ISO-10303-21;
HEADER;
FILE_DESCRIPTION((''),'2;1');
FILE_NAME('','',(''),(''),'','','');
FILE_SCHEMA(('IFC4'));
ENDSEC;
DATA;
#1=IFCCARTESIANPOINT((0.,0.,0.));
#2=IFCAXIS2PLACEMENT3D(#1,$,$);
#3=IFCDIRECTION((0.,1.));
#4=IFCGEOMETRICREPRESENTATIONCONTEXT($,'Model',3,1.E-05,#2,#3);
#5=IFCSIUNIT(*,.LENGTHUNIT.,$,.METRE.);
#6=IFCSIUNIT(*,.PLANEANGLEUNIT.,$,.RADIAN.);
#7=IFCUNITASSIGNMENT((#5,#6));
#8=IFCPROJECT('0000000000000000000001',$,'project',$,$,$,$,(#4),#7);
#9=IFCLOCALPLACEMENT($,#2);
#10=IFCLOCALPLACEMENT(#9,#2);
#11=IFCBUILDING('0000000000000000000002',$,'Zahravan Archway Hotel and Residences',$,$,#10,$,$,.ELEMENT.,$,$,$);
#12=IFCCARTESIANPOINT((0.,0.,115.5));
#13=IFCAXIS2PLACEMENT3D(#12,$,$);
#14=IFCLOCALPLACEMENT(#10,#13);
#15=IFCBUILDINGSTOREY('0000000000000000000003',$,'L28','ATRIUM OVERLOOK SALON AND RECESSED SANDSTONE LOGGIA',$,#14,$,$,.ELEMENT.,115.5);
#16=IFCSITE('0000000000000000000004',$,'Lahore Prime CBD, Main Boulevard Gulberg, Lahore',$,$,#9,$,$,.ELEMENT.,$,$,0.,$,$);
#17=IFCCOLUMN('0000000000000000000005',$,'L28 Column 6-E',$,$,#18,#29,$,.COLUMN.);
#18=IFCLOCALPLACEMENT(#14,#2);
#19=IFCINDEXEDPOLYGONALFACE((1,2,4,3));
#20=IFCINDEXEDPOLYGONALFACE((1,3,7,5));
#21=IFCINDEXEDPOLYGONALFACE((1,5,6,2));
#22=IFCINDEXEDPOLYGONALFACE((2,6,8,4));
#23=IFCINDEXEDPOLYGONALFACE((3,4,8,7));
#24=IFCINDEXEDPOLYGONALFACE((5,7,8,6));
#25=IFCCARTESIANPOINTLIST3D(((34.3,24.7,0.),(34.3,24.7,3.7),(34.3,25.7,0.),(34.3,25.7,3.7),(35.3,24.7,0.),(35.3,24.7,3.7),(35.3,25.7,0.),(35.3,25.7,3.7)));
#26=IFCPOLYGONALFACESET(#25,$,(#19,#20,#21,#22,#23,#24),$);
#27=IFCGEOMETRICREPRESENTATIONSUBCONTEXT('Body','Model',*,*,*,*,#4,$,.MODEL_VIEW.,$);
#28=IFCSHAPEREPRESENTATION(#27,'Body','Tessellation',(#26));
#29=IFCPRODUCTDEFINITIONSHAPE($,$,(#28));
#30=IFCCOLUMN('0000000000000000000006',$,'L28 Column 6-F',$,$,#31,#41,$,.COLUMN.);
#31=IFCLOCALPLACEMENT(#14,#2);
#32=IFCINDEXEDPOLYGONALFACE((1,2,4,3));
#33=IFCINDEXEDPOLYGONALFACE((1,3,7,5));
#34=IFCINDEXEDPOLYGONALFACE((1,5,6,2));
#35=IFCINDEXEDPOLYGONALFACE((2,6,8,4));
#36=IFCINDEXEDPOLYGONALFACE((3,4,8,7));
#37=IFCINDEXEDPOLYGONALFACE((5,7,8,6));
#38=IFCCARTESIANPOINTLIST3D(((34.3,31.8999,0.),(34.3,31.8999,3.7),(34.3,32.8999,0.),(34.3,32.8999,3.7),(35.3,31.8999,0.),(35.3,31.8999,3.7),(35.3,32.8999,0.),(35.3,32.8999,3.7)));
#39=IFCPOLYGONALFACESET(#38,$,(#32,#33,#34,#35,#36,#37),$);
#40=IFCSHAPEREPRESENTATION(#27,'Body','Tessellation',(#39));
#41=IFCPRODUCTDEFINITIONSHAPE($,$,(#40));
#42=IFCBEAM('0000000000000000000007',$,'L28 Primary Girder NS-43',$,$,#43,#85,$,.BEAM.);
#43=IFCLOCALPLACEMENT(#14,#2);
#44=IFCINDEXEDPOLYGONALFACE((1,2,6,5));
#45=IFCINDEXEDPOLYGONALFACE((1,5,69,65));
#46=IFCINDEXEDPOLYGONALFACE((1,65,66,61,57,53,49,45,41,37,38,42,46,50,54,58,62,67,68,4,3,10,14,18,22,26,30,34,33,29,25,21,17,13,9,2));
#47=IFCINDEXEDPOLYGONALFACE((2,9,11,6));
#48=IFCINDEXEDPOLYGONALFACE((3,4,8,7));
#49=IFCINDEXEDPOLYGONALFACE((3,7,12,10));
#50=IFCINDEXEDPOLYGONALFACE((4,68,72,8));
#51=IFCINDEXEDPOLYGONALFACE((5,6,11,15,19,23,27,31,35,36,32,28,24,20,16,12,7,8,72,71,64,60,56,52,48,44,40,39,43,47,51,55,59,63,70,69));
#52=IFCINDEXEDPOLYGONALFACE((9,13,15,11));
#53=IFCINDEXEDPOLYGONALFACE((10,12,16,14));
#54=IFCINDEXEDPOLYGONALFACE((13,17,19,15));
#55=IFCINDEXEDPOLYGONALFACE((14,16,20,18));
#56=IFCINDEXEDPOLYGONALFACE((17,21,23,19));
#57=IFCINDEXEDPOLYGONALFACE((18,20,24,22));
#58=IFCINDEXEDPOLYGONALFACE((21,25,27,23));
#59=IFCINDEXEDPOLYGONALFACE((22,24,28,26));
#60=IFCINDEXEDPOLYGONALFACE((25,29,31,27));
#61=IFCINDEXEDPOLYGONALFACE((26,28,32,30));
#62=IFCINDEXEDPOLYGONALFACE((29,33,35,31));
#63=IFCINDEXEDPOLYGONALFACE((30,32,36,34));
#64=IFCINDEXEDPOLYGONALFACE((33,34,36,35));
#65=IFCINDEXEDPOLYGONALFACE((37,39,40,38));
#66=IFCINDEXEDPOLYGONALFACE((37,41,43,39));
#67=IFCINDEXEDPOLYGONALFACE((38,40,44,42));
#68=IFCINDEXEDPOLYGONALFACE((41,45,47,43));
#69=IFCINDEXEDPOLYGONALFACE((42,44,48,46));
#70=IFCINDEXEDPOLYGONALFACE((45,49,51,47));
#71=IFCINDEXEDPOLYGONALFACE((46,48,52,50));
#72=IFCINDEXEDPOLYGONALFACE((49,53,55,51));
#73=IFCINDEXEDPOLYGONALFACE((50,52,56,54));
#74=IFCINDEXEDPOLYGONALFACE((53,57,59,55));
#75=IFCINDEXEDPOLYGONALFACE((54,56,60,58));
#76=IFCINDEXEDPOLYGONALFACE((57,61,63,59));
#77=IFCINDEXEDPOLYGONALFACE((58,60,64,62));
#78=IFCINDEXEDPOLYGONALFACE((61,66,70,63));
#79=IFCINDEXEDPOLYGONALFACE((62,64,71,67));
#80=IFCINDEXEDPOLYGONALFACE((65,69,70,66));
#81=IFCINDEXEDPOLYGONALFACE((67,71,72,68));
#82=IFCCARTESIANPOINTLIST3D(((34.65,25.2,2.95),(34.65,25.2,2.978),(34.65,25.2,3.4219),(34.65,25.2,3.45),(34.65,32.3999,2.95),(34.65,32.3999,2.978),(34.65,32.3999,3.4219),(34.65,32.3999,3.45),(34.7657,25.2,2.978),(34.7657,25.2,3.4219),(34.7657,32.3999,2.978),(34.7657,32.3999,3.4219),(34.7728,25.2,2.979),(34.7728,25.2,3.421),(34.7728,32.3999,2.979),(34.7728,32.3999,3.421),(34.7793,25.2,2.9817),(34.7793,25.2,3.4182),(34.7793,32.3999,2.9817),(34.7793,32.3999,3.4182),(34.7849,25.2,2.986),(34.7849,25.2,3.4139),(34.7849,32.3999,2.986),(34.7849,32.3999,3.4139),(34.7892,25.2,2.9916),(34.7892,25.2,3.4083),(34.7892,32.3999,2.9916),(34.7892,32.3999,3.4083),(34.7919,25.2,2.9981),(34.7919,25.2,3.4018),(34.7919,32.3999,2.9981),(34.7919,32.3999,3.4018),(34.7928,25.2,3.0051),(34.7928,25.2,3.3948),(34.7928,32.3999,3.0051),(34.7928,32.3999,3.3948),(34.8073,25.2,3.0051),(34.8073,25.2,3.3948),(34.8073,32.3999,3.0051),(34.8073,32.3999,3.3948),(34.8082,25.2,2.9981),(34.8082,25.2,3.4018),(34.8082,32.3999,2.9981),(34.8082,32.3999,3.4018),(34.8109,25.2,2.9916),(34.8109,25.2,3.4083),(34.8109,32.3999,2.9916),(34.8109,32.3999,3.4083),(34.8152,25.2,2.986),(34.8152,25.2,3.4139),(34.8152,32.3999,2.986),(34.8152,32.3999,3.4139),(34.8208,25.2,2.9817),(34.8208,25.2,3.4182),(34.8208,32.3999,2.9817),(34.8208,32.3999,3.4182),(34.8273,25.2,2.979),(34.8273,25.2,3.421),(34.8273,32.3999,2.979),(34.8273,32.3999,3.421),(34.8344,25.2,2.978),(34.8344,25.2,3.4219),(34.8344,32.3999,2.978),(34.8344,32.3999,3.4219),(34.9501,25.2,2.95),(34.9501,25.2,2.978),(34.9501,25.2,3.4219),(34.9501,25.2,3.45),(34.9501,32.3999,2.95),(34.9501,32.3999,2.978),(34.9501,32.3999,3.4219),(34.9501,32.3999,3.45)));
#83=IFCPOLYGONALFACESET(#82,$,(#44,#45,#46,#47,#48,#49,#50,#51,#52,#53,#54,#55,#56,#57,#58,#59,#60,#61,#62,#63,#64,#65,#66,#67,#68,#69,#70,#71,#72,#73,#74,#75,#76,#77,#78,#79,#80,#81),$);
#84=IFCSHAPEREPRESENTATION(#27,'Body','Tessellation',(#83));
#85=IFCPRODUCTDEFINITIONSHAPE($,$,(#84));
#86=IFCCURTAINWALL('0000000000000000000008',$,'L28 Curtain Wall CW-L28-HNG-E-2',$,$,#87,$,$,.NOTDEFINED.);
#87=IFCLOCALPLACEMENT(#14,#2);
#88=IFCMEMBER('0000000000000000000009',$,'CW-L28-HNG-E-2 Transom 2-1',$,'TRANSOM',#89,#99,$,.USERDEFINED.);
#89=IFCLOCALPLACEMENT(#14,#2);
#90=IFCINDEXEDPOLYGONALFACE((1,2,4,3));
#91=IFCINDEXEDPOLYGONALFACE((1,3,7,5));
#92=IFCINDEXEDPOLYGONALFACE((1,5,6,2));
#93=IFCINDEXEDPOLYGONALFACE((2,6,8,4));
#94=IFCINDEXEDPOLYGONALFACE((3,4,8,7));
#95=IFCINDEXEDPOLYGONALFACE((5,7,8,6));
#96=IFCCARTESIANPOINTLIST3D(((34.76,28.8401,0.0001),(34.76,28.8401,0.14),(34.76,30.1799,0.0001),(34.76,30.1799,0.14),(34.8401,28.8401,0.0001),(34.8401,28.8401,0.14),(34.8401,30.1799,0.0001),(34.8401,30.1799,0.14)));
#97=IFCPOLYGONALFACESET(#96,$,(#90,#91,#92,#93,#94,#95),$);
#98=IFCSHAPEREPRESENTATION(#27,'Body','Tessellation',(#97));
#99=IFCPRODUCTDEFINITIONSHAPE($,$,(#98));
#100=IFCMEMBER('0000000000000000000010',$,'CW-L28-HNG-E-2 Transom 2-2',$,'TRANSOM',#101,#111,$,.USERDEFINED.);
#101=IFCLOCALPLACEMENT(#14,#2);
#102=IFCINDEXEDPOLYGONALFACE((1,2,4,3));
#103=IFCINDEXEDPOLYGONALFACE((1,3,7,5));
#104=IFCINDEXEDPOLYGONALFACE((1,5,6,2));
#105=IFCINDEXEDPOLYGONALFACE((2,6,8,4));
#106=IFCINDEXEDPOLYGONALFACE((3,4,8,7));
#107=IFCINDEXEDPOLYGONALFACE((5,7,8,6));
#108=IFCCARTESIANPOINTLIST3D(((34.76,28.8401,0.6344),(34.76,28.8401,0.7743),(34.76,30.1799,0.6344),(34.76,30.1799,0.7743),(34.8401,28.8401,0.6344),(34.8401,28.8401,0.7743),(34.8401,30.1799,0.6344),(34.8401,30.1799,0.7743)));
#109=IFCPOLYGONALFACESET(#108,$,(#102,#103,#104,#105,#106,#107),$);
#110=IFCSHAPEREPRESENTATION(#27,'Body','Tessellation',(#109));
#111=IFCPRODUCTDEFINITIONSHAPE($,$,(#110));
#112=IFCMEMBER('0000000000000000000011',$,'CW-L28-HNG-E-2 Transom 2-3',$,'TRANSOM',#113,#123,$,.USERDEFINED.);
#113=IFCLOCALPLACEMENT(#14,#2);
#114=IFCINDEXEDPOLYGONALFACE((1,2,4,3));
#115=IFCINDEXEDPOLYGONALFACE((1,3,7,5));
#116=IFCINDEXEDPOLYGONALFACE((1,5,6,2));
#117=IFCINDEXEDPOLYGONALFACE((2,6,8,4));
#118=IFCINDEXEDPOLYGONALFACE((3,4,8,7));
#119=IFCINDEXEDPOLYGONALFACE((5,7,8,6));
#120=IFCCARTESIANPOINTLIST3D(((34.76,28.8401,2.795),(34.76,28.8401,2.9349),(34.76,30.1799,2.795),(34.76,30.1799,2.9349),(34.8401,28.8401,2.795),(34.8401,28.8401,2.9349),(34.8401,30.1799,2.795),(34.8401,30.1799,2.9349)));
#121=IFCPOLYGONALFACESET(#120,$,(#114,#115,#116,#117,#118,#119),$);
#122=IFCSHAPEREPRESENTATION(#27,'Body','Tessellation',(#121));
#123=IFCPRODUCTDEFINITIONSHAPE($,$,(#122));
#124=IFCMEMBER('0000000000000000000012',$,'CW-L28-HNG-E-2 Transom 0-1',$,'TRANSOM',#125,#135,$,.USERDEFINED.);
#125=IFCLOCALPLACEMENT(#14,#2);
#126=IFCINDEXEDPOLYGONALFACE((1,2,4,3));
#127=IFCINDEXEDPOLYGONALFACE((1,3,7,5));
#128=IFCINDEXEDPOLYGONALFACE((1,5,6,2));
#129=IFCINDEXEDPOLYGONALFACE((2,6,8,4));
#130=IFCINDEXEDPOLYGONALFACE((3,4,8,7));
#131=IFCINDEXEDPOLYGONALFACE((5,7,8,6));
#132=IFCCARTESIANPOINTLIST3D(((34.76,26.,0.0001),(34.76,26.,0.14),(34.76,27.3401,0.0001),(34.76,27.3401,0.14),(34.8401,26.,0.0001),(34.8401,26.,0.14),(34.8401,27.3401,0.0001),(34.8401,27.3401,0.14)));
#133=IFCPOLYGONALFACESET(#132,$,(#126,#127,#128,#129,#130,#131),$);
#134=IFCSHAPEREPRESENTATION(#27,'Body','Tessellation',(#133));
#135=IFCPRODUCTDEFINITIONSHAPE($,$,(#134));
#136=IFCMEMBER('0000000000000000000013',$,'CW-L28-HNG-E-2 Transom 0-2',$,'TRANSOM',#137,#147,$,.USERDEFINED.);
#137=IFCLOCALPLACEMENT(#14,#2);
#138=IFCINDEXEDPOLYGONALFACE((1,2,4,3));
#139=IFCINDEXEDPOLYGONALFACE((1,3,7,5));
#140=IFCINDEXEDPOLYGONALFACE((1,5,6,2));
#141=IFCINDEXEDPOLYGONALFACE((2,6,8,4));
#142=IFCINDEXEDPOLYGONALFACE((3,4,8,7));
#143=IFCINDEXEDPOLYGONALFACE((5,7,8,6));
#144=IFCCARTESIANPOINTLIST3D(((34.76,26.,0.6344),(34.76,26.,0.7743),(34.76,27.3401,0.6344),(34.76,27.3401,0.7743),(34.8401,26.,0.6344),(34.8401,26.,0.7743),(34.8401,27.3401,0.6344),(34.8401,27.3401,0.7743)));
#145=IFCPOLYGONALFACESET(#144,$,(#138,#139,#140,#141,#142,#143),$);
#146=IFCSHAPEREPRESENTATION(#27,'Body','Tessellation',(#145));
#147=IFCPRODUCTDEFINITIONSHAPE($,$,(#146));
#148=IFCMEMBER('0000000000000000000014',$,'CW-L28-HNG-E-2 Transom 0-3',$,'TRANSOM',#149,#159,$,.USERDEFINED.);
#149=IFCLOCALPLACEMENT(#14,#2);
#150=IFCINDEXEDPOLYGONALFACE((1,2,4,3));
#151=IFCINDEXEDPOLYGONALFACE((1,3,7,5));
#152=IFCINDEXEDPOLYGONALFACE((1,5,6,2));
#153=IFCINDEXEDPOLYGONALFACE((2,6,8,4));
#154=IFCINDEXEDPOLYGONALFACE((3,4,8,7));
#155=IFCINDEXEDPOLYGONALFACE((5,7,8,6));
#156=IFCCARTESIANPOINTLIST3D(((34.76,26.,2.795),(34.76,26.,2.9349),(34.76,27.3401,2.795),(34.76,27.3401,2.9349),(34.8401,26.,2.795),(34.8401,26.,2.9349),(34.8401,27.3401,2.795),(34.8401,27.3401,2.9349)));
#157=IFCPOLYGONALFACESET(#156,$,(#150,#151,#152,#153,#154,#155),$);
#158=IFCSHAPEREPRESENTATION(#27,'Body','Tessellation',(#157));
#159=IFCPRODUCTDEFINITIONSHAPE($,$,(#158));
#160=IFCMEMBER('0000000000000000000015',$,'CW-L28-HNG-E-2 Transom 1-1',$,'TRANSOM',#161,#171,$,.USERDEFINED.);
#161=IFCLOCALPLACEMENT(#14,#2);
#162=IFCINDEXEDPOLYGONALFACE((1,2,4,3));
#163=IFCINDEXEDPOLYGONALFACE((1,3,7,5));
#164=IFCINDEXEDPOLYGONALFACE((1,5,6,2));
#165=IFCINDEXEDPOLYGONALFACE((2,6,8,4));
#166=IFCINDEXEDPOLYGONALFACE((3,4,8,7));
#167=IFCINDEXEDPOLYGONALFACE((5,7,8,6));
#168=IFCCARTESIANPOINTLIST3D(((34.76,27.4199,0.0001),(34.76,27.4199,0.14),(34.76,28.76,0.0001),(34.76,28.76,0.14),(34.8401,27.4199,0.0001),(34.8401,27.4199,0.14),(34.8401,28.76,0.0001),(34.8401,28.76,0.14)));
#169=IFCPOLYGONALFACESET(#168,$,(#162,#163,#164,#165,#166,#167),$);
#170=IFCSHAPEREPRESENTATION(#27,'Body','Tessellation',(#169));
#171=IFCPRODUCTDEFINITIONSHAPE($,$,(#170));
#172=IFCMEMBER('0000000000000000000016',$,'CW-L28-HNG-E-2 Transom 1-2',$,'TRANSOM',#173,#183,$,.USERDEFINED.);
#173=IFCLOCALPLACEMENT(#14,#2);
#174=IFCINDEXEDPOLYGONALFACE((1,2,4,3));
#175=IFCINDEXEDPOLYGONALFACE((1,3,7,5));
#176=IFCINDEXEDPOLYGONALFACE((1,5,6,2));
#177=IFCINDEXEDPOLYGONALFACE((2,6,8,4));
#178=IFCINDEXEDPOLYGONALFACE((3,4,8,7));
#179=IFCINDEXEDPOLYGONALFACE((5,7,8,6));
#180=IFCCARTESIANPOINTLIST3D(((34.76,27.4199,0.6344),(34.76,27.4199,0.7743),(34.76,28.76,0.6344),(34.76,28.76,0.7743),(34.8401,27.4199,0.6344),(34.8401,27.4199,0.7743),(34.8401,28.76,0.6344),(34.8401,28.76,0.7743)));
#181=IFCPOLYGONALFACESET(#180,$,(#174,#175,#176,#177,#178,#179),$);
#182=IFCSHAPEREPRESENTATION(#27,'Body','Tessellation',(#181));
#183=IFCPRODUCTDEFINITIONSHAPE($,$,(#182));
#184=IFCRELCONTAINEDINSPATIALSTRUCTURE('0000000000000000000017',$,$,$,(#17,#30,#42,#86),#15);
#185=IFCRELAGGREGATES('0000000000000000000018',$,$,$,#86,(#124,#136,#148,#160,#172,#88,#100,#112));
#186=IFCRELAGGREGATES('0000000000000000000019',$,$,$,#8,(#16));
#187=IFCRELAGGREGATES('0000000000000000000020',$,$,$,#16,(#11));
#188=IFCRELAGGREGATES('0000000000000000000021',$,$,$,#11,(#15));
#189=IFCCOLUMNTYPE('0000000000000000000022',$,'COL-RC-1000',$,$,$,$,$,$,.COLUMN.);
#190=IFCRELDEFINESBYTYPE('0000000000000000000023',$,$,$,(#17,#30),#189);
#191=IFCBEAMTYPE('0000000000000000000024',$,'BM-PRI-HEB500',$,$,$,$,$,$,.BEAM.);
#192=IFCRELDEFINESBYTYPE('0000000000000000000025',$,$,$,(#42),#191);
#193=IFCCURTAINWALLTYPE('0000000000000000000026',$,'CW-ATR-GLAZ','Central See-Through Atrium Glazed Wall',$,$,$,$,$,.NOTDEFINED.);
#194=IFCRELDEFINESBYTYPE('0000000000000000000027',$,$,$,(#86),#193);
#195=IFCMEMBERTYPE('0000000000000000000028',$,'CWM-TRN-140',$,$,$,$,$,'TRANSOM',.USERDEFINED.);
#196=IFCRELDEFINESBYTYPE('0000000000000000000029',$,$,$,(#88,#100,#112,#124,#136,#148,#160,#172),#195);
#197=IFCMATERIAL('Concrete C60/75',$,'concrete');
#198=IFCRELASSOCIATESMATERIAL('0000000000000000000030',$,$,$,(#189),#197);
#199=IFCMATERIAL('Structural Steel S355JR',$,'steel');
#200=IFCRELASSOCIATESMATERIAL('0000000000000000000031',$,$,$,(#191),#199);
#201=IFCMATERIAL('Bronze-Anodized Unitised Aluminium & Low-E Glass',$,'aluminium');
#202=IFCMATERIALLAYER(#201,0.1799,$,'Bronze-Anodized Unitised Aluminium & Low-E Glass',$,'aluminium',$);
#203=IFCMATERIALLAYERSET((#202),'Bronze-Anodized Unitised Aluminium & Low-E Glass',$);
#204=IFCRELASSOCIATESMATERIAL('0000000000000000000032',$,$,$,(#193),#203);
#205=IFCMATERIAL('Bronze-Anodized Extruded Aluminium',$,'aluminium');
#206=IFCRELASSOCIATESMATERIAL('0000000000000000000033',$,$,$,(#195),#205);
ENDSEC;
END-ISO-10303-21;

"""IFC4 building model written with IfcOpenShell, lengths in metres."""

from ifc_helpers import new_model, si_unit, direction, frame, origin, origin_2d, place, context, subcontext, project, spatial, rectangle, i_section, extrude, source, transform, mapped, material, layer, layer_set, material_profile, profile_set, type_object, type_shapes, element, aggregate, save


model = new_model("IFC4")

# Units and contexts
model_context = context("Model", 3, precision=1e-05, world=origin(), true_north=direction((0.0, 1.0)))
body_context = subcontext(model_context, "Body", "Model", "MODEL_VIEW")
ifc_project = project(units=[si_unit("LENGTHUNIT", "METRE"), si_unit("PLANEANGLEUNIT", "RADIAN")], contexts=[model_context])

# Site, building, storey
site_placement = place(None, origin())
site = spatial("IfcSite", under=ifc_project, at=site_placement, Name="Lahore Prime CBD, Main Boulevard Gulberg, Lahore", CompositionType="ELEMENT", RefElevation=0.0)
building_placement = place(site_placement, origin())
building = spatial("IfcBuilding", under=site, at=building_placement, Name="Zahravan Archway Hotel and Residences", CompositionType="ELEMENT")
storey_placement = place(building_placement, frame((0.0, 0.0, 115.5)))
storey = spatial("IfcBuildingStorey", under=building, at=storey_placement, Name="L28", Description="ATRIUM OVERLOOK SALON AND RECESSED SANDSTONE LOGGIA", CompositionType="ELEMENT", Elevation=115.5)

# Columns
ifc_material_1 = material(Name="Concrete C60/75", Category="concrete")
ifc_material_profile_1 = material_profile(ifc_material_1, rectangle(XDim=1.0, YDim=1.0, at=origin_2d()), Name="RC-COL-1000x1000", Category="concrete")
ifc_profile_set_1 = profile_set([ifc_material_profile_1], Name="Concrete C60/75")
column_type = type_object("IfcColumnType", Name="COL-RC-1000", PredefinedType="COLUMN", material=ifc_profile_set_1)
shared_shape_1 = source(origin(), body_context, "Body", "SweptSolid", [
    extrude(rectangle(XDim=1.0, YDim=1.0, at=origin_2d()), origin(), (0.0, 0.0, 1.0), 3.7),
])
type_shapes(column_type, [shared_shape_1])
for number, where, z_axis, x_axis, name in (
    (1, (34.8, 25.2, 0.0), (0.0, 0.0, 1.0), (1.0, 0.0, 0.0), "L28 Column 6-E"),
    (2, (34.8, 32.3999, 0.0), (0.0, 0.0, 1.0), (1.0, 0.0, 0.0), "L28 Column 6-F"),
):
    element("IfcColumn", number, at=place(storey_placement, frame(where, z_axis=z_axis, x_axis=x_axis)), inside=storey, type_object=column_type, Name=name, PredefinedType="COLUMN", context=body_context, shape_type="MappedRepresentation", body=[
        mapped(shared_shape_1, transform((0.0, 0.0, 0.0), scale=1.0)),
    ])

# Beam
ifc_material_2 = material(Name="Structural Steel S355JR", Category="steel")
ifc_material_profile_2 = material_profile(ifc_material_2, i_section(OverallWidth=0.3, OverallDepth=0.5, WebThickness=0.0144, FlangeThickness=0.0281, FilletRadius=0.0271, at=origin_2d()), Name="HEB 500", Category="steel")
ifc_profile_set_2 = profile_set([ifc_material_profile_2], Name="Structural Steel S355JR")
beam_type = type_object("IfcBeamType", Name="BM-PRI-HEB500", PredefinedType="BEAM", material=ifc_profile_set_2)
shared_shape_2 = source(origin(), body_context, "Body", "SweptSolid", [
    extrude(i_section(OverallWidth=0.3, OverallDepth=0.5, WebThickness=0.0144, FlangeThickness=0.0281, FilletRadius=0.0271, at=origin_2d()), origin(), (0.0, 0.0, 1.0), 7.2),
])
beam_placement = place(storey_placement, frame((34.8, 25.2, 3.2), z_axis=(0.0, 1.0, 0.0), x_axis=(-1.0, 0.0, 0.0)))
element("IfcBeam", 3, at=beam_placement, inside=storey, type_object=beam_type, Name="L28 Primary Girder NS-43", PredefinedType="BEAM", context=body_context, shape_type="MappedRepresentation", body=[
    mapped(shared_shape_2, transform((0.0, 0.0, 0.0), scale=1.0)),
])

# Curtain wall, members
ifc_material_3 = material(Name="Bronze-Anodized Unitised Aluminium & Low-E Glass", Category="aluminium")
ifc_layer_1 = layer(ifc_material_3, 0.1799, Name="Bronze-Anodized Unitised Aluminium & Low-E Glass", Category="aluminium")
ifc_layer_set_1 = layer_set([ifc_layer_1], Name="Bronze-Anodized Unitised Aluminium & Low-E Glass")
curtain_wall_type = type_object("IfcCurtainWallType", Name="CW-ATR-GLAZ", Description="Central See-Through Atrium Glazed Wall", PredefinedType="NOTDEFINED", material=ifc_layer_set_1)
curtain_wall_1_placement = place(storey_placement, origin())
curtain_wall_1 = element("IfcCurtainWall", 4, at=curtain_wall_1_placement, inside=storey, type_object=curtain_wall_type, Name="L28 Curtain Wall CW-L28-HNG-E-2", PredefinedType="NOTDEFINED")
ifc_material_4 = material(Name="Bronze-Anodized Extruded Aluminium", Category="aluminium")
ifc_material_profile_3 = material_profile(ifc_material_4, rectangle(XDim=0.0801, YDim=0.1399, at=origin_2d()), Name="TRN 80x140", Category="aluminium")
ifc_profile_set_3 = profile_set([ifc_material_profile_3], Name="Bronze-Anodized Extruded Aluminium")
member_type_1 = type_object("IfcMemberType", Name="CWM-TRN-140", ElementType="TRANSOM", PredefinedType="USERDEFINED", material=ifc_profile_set_3)
shared_shape_3 = source(origin(), body_context, "Body", "SweptSolid", [
    extrude(rectangle(XDim=0.0801, YDim=0.1399, at=origin_2d()), origin(), (0.0, 0.0, 1.0), 1.3398),
])
member_1_placement = place(storey_placement, frame((34.8, 28.8401, 0.0701), z_axis=(0.0, 1.0, 0.0), x_axis=(-1.0, 0.0, 0.0)))
member_1 = element("IfcMember", 5, at=member_1_placement, type_object=member_type_1, Name="CW-L28-HNG-E-2 Transom 2-1", ObjectType="TRANSOM", PredefinedType="USERDEFINED", context=body_context, shape_type="MappedRepresentation", body=[
    mapped(shared_shape_3, transform((0.0, 0.0, 0.0), scale=1.0)),
])
member_2_placement = place(storey_placement, frame((34.8, 28.8401, 0.7043), z_axis=(0.0, 1.0, 0.0), x_axis=(-1.0, 0.0, 0.0)))
member_2 = element("IfcMember", 6, at=member_2_placement, type_object=member_type_1, Name="CW-L28-HNG-E-2 Transom 2-2", ObjectType="TRANSOM", PredefinedType="USERDEFINED", context=body_context, shape_type="MappedRepresentation", body=[
    mapped(shared_shape_3, transform((0.0, 0.0, 0.0), scale=1.0)),
])
member_3_placement = place(storey_placement, frame((34.8, 28.8401, 2.865), z_axis=(0.0, 1.0, 0.0), x_axis=(-1.0, 0.0, 0.0)))
member_3 = element("IfcMember", 7, at=member_3_placement, type_object=member_type_1, Name="CW-L28-HNG-E-2 Transom 2-3", ObjectType="TRANSOM", PredefinedType="USERDEFINED", context=body_context, shape_type="MappedRepresentation", body=[
    mapped(shared_shape_3, transform((0.0, 0.0, 0.0), scale=1.0)),
])
shared_shape_4 = source(origin(), body_context, "Body", "SweptSolid", [
    extrude(rectangle(XDim=0.0801, YDim=0.1399, at=origin_2d()), origin(), (0.0, 0.0, 1.0), 1.3401),
])
member_4_placement = place(storey_placement, frame((34.8, 26.0, 0.0701), z_axis=(0.0, 1.0, 0.0), x_axis=(-1.0, 0.0, 0.0)))
member_4 = element("IfcMember", 8, at=member_4_placement, type_object=member_type_1, Name="CW-L28-HNG-E-2 Transom 0-1", ObjectType="TRANSOM", PredefinedType="USERDEFINED", context=body_context, shape_type="MappedRepresentation", body=[
    mapped(shared_shape_4, transform((0.0, 0.0, 0.0), scale=1.0)),
])
member_5_placement = place(storey_placement, frame((34.8, 26.0, 0.7043), z_axis=(0.0, 1.0, 0.0), x_axis=(-1.0, 0.0, 0.0)))
member_5 = element("IfcMember", 9, at=member_5_placement, type_object=member_type_1, Name="CW-L28-HNG-E-2 Transom 0-2", ObjectType="TRANSOM", PredefinedType="USERDEFINED", context=body_context, shape_type="MappedRepresentation", body=[
    mapped(shared_shape_4, transform((0.0, 0.0, 0.0), scale=1.0)),
])
member_6_placement = place(storey_placement, frame((34.8, 26.0, 2.865), z_axis=(0.0, 1.0, 0.0), x_axis=(-1.0, 0.0, 0.0)))
member_6 = element("IfcMember", 10, at=member_6_placement, type_object=member_type_1, Name="CW-L28-HNG-E-2 Transom 0-3", ObjectType="TRANSOM", PredefinedType="USERDEFINED", context=body_context, shape_type="MappedRepresentation", body=[
    mapped(shared_shape_4, transform((0.0, 0.0, 0.0), scale=1.0)),
])
member_7_placement = place(storey_placement, frame((34.8, 27.4199, 0.0701), z_axis=(0.0, 1.0, 0.0), x_axis=(-1.0, 0.0, 0.0)))
member_7 = element("IfcMember", 11, at=member_7_placement, type_object=member_type_1, Name="CW-L28-HNG-E-2 Transom 1-1", ObjectType="TRANSOM", PredefinedType="USERDEFINED", context=body_context, shape_type="MappedRepresentation", body=[
    mapped(shared_shape_4, transform((0.0, 0.0, 0.0), scale=1.0)),
])
member_8_placement = place(storey_placement, frame((34.8, 27.4199, 0.7043), z_axis=(0.0, 1.0, 0.0), x_axis=(-1.0, 0.0, 0.0)))
member_8 = element("IfcMember", 12, at=member_8_placement, type_object=member_type_1, Name="CW-L28-HNG-E-2 Transom 1-2", ObjectType="TRANSOM", PredefinedType="USERDEFINED", context=body_context, shape_type="MappedRepresentation", body=[
    mapped(shared_shape_4, transform((0.0, 0.0, 0.0), scale=1.0)),
])

aggregate(curtain_wall_1, [member_4, member_5, member_6, member_7, member_8, member_1, member_2, member_3])

save(model, "model.ifc")
